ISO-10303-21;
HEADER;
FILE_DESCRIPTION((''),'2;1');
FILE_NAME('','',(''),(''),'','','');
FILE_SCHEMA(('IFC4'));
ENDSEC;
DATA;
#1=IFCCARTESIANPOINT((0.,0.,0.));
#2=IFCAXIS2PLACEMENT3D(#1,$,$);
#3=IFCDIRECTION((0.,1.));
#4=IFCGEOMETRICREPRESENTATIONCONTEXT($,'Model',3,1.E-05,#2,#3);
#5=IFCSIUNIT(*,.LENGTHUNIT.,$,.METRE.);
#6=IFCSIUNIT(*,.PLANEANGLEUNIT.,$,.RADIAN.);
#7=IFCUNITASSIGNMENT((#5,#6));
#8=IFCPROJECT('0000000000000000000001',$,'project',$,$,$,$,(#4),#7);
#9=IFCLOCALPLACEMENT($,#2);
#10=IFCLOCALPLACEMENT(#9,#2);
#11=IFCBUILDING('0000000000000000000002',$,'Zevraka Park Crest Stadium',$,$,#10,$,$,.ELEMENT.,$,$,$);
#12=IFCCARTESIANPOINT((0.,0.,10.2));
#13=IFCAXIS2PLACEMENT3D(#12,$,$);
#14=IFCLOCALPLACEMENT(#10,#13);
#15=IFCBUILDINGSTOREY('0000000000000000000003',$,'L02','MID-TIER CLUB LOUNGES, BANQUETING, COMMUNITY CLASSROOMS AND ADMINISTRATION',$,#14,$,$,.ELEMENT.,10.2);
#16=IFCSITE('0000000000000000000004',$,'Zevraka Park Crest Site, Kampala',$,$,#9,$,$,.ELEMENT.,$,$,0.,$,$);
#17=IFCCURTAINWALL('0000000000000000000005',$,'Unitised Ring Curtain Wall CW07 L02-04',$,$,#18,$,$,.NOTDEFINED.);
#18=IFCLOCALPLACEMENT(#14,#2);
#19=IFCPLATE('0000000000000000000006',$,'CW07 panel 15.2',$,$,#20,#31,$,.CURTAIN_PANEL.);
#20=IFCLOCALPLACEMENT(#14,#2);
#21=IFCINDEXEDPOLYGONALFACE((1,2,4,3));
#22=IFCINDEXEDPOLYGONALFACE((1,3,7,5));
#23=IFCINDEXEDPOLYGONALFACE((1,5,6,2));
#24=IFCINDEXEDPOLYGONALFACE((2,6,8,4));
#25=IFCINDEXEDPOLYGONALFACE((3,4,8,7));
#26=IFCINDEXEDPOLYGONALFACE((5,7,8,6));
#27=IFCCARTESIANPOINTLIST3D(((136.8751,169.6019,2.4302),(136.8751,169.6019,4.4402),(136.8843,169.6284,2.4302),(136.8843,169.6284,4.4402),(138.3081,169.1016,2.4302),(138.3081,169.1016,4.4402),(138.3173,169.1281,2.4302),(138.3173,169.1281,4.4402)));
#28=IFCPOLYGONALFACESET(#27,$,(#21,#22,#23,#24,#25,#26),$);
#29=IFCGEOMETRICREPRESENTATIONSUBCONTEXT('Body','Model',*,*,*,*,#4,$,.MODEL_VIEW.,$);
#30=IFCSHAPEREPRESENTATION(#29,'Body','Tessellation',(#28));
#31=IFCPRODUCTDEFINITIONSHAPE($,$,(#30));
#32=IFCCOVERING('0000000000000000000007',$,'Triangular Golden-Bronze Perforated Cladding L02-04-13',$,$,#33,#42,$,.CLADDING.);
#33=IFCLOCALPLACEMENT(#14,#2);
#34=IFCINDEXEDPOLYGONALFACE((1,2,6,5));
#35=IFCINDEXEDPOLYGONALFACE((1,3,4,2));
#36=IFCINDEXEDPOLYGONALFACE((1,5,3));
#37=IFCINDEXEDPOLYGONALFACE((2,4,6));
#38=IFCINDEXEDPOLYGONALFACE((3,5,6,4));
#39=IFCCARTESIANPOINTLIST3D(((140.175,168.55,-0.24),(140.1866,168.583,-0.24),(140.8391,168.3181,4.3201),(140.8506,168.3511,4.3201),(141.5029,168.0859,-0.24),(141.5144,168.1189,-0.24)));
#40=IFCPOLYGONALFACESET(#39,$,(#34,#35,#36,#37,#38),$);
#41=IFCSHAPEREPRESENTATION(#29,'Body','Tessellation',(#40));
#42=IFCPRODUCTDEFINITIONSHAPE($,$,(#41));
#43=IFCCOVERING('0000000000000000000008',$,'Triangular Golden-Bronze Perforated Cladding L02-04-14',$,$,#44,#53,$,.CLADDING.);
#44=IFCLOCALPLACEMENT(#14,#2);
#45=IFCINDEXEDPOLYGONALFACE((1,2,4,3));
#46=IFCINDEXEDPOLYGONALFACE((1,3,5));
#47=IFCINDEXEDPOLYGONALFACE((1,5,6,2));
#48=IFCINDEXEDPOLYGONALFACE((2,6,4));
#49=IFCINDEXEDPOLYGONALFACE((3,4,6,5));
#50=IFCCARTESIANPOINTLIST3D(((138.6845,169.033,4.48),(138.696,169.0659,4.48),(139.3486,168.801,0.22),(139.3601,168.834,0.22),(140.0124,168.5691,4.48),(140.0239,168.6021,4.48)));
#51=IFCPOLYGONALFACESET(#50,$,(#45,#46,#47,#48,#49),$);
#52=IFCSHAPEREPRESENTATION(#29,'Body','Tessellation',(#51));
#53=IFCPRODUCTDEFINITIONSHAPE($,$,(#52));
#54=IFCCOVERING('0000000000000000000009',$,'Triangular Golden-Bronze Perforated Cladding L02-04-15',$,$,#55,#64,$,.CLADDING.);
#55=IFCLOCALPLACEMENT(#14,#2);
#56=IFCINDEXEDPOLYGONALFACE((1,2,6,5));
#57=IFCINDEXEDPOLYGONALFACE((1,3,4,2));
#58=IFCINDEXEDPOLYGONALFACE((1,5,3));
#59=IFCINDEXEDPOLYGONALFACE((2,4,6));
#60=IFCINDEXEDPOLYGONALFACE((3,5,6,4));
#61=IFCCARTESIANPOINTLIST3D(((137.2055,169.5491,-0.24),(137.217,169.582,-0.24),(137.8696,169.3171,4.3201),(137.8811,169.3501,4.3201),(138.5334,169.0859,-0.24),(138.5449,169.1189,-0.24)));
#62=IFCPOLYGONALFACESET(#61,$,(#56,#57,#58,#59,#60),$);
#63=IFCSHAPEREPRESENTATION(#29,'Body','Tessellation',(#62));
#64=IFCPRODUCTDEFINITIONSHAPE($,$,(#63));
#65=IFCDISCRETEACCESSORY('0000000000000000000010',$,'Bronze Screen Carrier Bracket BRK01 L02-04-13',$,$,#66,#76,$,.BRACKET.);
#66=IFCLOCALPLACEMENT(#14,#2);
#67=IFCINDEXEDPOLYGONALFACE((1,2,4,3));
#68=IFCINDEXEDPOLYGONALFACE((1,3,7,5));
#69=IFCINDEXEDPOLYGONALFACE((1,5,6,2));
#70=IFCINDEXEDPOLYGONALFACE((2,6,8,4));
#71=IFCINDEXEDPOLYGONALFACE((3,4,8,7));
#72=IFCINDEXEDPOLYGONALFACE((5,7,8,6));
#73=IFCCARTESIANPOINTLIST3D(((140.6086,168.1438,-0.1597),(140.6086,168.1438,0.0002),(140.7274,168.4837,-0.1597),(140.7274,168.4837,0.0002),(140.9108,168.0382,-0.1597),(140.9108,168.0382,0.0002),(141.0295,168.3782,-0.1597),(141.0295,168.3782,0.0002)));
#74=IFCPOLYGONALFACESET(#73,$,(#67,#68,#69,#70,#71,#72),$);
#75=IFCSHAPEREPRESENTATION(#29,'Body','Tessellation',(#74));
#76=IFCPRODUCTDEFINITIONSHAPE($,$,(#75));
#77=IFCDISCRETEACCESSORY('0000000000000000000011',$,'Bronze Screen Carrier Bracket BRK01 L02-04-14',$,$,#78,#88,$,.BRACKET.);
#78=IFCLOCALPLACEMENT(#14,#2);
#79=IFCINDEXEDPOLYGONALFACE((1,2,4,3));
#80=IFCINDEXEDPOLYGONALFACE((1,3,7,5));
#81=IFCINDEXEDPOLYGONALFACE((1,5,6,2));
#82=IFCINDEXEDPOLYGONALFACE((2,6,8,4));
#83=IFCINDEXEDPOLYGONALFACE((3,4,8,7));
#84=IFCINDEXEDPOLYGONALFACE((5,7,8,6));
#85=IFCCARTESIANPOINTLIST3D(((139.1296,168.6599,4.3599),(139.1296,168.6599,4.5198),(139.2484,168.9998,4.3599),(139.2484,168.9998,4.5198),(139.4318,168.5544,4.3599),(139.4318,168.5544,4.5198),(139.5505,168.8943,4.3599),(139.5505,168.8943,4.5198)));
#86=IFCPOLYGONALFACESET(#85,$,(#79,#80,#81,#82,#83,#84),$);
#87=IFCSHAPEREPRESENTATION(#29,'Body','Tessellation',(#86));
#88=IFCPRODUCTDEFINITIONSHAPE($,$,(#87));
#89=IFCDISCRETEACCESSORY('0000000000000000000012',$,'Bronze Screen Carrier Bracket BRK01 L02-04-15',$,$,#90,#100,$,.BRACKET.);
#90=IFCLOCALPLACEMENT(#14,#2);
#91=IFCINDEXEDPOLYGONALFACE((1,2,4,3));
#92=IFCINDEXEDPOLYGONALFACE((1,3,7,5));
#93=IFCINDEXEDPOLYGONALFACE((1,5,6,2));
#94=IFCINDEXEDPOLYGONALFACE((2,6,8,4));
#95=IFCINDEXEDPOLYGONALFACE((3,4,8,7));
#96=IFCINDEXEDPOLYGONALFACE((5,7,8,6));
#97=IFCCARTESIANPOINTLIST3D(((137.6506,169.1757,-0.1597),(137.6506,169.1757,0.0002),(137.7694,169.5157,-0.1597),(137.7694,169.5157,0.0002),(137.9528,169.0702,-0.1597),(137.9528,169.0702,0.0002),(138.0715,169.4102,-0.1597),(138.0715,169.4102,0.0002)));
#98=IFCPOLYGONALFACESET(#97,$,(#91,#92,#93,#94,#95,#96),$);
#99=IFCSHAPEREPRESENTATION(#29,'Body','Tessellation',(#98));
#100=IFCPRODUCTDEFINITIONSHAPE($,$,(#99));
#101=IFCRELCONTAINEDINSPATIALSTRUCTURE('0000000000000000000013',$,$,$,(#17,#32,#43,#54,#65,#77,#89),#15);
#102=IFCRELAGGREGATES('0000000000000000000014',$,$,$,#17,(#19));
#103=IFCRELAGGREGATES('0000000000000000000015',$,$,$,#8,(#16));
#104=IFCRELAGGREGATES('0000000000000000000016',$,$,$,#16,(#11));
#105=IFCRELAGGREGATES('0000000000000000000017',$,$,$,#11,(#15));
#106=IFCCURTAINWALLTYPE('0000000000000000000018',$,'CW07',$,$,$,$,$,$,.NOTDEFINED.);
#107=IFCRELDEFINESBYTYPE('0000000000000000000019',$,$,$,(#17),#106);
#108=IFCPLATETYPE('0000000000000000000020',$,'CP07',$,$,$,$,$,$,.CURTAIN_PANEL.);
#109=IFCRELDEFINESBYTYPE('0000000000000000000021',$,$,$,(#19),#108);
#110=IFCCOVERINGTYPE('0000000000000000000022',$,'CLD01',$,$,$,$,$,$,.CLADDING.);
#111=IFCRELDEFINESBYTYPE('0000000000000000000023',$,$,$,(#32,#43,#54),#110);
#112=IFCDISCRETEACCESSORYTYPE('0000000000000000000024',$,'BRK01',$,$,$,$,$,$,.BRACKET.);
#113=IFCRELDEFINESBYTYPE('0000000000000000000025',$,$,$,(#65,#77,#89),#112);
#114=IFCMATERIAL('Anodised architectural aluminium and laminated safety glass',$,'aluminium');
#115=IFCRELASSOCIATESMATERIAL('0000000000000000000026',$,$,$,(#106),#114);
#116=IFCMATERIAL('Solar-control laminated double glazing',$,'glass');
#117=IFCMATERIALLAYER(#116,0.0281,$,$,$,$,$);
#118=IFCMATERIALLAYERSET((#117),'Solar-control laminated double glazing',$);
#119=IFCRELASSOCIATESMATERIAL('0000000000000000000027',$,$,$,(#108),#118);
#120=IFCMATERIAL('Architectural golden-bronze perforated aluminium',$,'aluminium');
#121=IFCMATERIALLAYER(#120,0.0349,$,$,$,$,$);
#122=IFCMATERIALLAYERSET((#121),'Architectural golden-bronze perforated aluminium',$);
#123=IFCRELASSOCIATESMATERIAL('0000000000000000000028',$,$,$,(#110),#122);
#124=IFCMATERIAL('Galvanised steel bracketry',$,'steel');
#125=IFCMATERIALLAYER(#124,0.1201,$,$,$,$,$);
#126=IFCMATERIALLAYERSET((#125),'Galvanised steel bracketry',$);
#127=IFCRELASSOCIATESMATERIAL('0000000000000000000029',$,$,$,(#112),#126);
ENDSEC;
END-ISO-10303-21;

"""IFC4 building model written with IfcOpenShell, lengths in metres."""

from ifc_helpers import new_model, si_unit, direction, frame, origin, origin_2d, place, context, subcontext, project, spatial, polyline, rectangle, outline, extrude, material, layer, layer_set, type_object, element, aggregate, save


model = new_model("IFC4")

# Units and contexts
model_context = context("Model", 3, precision=1e-05, world=origin(), true_north=direction((0.0, 1.0)))
body_context = subcontext(model_context, "Body", "Model", "MODEL_VIEW")
ifc_project = project(units=[si_unit("LENGTHUNIT", "METRE"), si_unit("PLANEANGLEUNIT", "RADIAN")], contexts=[model_context])

# Site, building, storey
site_placement = place(None, origin())
site = spatial("IfcSite", under=ifc_project, at=site_placement, Name="Zevraka Park Crest Site, Kampala", CompositionType="ELEMENT", RefElevation=0.0)
building_placement = place(site_placement, origin())
building = spatial("IfcBuilding", under=site, at=building_placement, Name="Zevraka Park Crest Stadium", CompositionType="ELEMENT")
storey_placement = place(building_placement, frame((0.0, 0.0, 10.2)))
storey = spatial("IfcBuildingStorey", under=building, at=storey_placement, Name="L02", Description="MID-TIER CLUB LOUNGES, BANQUETING, COMMUNITY CLASSROOMS AND ADMINISTRATION", CompositionType="ELEMENT", Elevation=10.2)

# Curtain wall, plate
ifc_material_1 = material(Name="Anodised architectural aluminium and laminated safety glass", Category="aluminium")
curtain_wall_type = type_object("IfcCurtainWallType", Name="CW07", PredefinedType="NOTDEFINED", material=ifc_material_1)
curtain_wall_placement = place(storey_placement, origin())
curtain_wall = element("IfcCurtainWall", 1, at=curtain_wall_placement, inside=storey, type_object=curtain_wall_type, Name="Unitised Ring Curtain Wall CW07 L02-04", PredefinedType="NOTDEFINED")
ifc_material_2 = material(Name="Solar-control laminated double glazing", Category="glass")
ifc_layer_1 = layer(ifc_material_2, 0.0281)
ifc_layer_set_1 = layer_set([ifc_layer_1], Name="Solar-control laminated double glazing")
plate_type = type_object("IfcPlateType", Name="CP07", PredefinedType="CURTAIN_PANEL", material=ifc_layer_set_1)
plate_1_placement = place(storey_placement, frame((137.5962, 169.365, 2.4302), z_axis=(0.0, 0.0, 1.0), x_axis=(-0.944114, 0.329619, 0.0)))
plate_1 = element("IfcPlate", 2, at=plate_1_placement, type_object=plate_type, Name="CW07 panel 15.2", PredefinedType="CURTAIN_PANEL", context=body_context, shape_type="SweptSolid", body=[
    extrude(rectangle(XDim=1.5178, YDim=0.0281, at=origin_2d()), origin(), (0.0, 0.0, 1.0), 2.01),
])
aggregate(curtain_wall, [plate_1])

# Coverings
ifc_material_3 = material(Name="Architectural golden-bronze perforated aluminium", Category="aluminium")
ifc_layer_2 = layer(ifc_material_3, 0.0349)
ifc_layer_set_2 = layer_set([ifc_layer_2], Name="Architectural golden-bronze perforated aluminium")
covering_type = type_object("IfcCoveringType", Name="CLD01", PredefinedType="CLADDING", material=ifc_layer_set_2)
covering_1_placement = place(storey_placement, frame((141.5029, 168.0859, -0.24), z_axis=(-0.329941, -0.944002, 0.000034), x_axis=(-0.944002, 0.329941, 0.0)))
element("IfcCovering", 3, at=covering_1_placement, inside=storey, type_object=covering_type, Name="Triangular Golden-Bronze Perforated Cladding L02-04-13", PredefinedType="CLADDING", context=body_context, shape_type="SweptSolid", body=[
    extrude(outline(polyline([(0.0, 0.0), (1.4067, 0.0), (0.7033, -4.5601), (0.0, 0.0)])), origin(), (0.0, 0.0, -1.0), 0.0349),
])
covering_2_placement = place(storey_placement, frame((138.696, 169.0659, 4.48), z_axis=(0.329786, 0.944056, 0.000009), x_axis=(0.944056, -0.329786, 0.0)))
element("IfcCovering", 4, at=covering_2_placement, inside=storey, type_object=covering_type, Name="Triangular Golden-Bronze Perforated Cladding L02-04-14", PredefinedType="CLADDING", context=body_context, shape_type="SweptSolid", body=[
    extrude(outline(polyline([(0.0, 0.0), (1.4066, 0.0), (0.7034, 4.26), (0.0, 0.0)])), origin(), (0.0, 0.0, -1.0), 0.0349),
])
covering_3_placement = place(storey_placement, frame((138.5449, 169.1189, -0.24), z_axis=(0.329322, 0.944218, 0.000067), x_axis=(-0.944218, 0.329322, 0.0)))
element("IfcCovering", 5, at=covering_3_placement, inside=storey, type_object=covering_type, Name="Triangular Golden-Bronze Perforated Cladding L02-04-15", PredefinedType="CLADDING", context=body_context, shape_type="SweptSolid", body=[
    extrude(outline(polyline([(0.0, 0.0), (1.4063, 0.0), (0.7029, 4.5601), (0.0, 0.0)])), origin(), (0.0, 0.0, -1.0), 0.0349),
])

# Discrete accessories
ifc_material_4 = material(Name="Galvanised steel bracketry", Category="steel")
ifc_layer_3 = layer(ifc_material_4, 0.1201)
ifc_layer_set_3 = layer_set([ifc_layer_3], Name="Galvanised steel bracketry")
discrete_accessory_type = type_object("IfcDiscreteAccessoryType", Name="BRK01", PredefinedType="BRACKET", material=ifc_layer_set_3)
for number, where, z_axis, x_axis, name in (
    (6, (140.8191, 168.261, -0.1597), (0.0, 0.0, 1.0), (-0.944089, 0.329691, 0.0), "Bronze Screen Carrier Bracket BRK01 L02-04-13"),
    (7, (139.3401, 168.7771, 4.3599), (0.0, 0.0, 1.0), (-0.944089, 0.329691, 0.0), "Bronze Screen Carrier Bracket BRK01 L02-04-14"),
    (8, (137.8611, 169.293, -0.1597), (0.0, 0.0, 1.0), (-0.944089, 0.329691, 0.0), "Bronze Screen Carrier Bracket BRK01 L02-04-15"),
):
    element("IfcDiscreteAccessory", number, at=place(storey_placement, frame(where, z_axis=z_axis, x_axis=x_axis)), inside=storey, type_object=discrete_accessory_type, Name=name, PredefinedType="BRACKET", context=body_context, shape_type="SweptSolid", body=[
        extrude(rectangle(XDim=0.3201, YDim=0.3601, at=origin_2d()), origin(), (0.0, 0.0, 1.0), 0.1599),
    ])

save(model, "model.ifc")
